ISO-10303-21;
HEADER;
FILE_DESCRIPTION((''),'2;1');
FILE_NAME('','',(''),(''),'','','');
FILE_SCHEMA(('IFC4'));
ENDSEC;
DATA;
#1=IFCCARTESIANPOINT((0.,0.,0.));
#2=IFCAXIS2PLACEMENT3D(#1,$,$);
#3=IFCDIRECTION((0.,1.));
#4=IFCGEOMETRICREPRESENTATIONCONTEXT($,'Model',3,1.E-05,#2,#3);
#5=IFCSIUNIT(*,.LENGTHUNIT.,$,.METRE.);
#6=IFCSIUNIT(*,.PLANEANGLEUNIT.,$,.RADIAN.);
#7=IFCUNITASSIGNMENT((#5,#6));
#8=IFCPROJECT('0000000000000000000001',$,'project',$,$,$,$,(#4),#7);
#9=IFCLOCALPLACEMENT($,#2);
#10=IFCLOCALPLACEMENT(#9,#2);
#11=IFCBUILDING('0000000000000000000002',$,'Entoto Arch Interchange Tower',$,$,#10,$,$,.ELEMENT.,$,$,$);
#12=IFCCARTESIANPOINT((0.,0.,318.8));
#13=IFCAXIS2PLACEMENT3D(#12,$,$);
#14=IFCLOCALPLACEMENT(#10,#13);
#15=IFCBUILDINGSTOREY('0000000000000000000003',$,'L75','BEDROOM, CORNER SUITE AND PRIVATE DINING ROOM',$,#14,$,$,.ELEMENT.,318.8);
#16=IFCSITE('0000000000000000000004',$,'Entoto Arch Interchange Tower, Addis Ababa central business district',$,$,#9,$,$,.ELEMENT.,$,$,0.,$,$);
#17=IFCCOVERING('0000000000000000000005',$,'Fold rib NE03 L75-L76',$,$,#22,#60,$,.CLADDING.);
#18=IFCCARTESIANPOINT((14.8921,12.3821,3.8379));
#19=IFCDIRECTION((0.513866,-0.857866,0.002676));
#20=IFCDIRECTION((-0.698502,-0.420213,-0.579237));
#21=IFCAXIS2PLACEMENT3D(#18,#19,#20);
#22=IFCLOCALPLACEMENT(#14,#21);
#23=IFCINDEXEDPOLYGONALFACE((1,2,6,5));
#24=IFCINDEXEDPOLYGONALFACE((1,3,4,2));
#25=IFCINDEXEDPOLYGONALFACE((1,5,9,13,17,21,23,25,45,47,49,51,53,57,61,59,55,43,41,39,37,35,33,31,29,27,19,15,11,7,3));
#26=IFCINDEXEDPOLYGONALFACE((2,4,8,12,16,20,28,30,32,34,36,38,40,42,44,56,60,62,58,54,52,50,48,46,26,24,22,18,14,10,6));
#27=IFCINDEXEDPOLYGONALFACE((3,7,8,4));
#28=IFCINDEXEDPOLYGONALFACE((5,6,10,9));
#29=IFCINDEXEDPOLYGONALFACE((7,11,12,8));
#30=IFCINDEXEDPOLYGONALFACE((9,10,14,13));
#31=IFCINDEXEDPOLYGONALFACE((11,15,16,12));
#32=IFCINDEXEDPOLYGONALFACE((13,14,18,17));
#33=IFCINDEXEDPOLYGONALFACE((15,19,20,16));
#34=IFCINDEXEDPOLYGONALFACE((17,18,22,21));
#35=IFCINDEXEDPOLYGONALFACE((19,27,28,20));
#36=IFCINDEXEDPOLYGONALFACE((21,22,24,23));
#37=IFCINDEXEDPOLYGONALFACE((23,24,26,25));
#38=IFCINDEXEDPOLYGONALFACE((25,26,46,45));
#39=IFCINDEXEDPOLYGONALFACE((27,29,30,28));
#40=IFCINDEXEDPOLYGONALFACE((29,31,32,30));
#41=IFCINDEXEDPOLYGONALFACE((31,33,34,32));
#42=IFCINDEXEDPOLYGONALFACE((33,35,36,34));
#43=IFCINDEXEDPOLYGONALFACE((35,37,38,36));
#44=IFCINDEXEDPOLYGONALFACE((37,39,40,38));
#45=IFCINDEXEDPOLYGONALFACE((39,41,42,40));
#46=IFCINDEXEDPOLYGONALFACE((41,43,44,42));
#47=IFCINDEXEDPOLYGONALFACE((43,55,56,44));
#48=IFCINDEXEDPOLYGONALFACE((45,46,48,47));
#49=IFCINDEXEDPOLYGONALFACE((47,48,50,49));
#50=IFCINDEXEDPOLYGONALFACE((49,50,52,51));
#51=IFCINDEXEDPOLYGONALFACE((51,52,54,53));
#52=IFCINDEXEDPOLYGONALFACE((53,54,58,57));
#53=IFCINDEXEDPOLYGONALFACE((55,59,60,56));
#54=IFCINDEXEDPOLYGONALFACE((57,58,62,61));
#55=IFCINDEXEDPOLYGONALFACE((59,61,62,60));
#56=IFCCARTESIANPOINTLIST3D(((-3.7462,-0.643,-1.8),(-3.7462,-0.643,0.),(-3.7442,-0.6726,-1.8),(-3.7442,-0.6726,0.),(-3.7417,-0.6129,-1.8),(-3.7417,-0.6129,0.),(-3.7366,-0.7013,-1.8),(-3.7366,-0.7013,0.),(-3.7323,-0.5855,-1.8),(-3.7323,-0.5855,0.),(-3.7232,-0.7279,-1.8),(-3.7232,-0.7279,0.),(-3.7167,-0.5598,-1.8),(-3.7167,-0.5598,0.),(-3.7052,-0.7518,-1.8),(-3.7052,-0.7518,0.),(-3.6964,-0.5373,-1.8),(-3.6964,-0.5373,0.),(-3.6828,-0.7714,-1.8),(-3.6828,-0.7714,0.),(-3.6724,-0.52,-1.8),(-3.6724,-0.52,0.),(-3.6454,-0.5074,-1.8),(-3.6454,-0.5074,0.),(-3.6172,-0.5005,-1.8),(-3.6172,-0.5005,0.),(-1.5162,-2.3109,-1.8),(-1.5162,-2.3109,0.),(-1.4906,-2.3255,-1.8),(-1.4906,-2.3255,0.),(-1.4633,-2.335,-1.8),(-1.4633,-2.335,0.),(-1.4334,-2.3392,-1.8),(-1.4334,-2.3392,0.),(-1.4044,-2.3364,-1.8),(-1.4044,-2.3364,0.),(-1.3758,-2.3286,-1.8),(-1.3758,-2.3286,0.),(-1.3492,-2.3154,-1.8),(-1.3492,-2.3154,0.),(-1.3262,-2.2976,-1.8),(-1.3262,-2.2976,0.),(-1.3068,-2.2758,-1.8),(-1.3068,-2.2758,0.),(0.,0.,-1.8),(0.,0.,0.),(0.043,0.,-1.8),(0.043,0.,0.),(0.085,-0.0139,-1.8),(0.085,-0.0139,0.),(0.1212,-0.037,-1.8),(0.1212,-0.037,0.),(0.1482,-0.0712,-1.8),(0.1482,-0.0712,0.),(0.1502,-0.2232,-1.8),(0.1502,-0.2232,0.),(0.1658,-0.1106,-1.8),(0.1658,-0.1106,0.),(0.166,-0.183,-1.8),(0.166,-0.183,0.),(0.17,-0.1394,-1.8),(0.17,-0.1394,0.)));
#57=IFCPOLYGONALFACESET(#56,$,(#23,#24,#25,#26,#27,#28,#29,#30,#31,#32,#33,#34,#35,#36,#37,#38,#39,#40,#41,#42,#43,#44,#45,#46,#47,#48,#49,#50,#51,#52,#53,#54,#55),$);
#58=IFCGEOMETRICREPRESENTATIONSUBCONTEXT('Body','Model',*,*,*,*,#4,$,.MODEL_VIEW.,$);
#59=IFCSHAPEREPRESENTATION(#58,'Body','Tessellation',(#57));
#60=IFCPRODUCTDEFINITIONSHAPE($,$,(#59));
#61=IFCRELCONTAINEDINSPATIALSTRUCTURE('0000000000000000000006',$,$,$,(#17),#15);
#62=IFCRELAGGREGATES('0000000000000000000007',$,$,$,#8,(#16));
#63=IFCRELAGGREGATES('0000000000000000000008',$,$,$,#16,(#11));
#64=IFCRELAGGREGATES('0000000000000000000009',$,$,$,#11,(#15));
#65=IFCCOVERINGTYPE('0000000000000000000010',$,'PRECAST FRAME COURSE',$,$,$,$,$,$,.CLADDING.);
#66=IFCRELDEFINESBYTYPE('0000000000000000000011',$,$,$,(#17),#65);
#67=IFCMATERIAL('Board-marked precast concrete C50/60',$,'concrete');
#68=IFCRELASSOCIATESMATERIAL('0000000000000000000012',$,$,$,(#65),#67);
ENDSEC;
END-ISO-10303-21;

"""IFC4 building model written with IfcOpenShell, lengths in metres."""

from ifc_helpers import new_model, si_unit, direction, frame, origin, place, context, subcontext, project, spatial, polyline, outline, extrude, material, type_object, element, save


model = new_model("IFC4")

# Units and contexts
model_context = context("Model", 3, precision=1e-05, world=origin(), true_north=direction((0.0, 1.0)))
body_context = subcontext(model_context, "Body", "Model", "MODEL_VIEW")
ifc_project = project(units=[si_unit("LENGTHUNIT", "METRE"), si_unit("PLANEANGLEUNIT", "RADIAN")], contexts=[model_context])

# Site, building, storey
site_placement = place(None, origin())
site = spatial("IfcSite", under=ifc_project, at=site_placement, Name="Entoto Arch Interchange Tower, Addis Ababa central business district", CompositionType="ELEMENT", RefElevation=0.0)
building_placement = place(site_placement, origin())
building = spatial("IfcBuilding", under=site, at=building_placement, Name="Entoto Arch Interchange Tower", CompositionType="ELEMENT")
storey_placement = place(building_placement, frame((0.0, 0.0, 318.8)))
storey = spatial("IfcBuildingStorey", under=building, at=storey_placement, Name="L75", Description="BEDROOM, CORNER SUITE AND PRIVATE DINING ROOM", CompositionType="ELEMENT", Elevation=318.8)

# Covering
ifc_material_1 = material(Name="Board-marked precast concrete C50/60", Category="concrete")
covering_type = type_object("IfcCoveringType", Name="PRECAST FRAME COURSE", PredefinedType="CLADDING", material=ifc_material_1)
covering_placement = place(storey_placement, frame((14.8921, 12.3821, 3.8379), z_axis=(0.513866, -0.857866, 0.002676), x_axis=(-0.698502, -0.420213, -0.579237)))
element("IfcCovering", 1, at=covering_placement, inside=storey, type_object=covering_type, Name="Fold rib NE03 L75-L76", PredefinedType="CLADDING", context=body_context, shape_type="SweptSolid", body=[
    extrude(outline(polyline([(0.0, 0.0), (0.043, 0.0), (0.085, -0.0139), (0.1212, -0.037), (0.1482, -0.0712), (0.1658, -0.1106), (0.17, -0.1394), (0.166, -0.183), (0.1502, -0.2232), (-1.3068, -2.2758), (-1.3262, -2.2976), (-1.3492, -2.3154), (-1.3758, -2.3286), (-1.4044, -2.3364), (-1.4334, -2.3392), (-1.4633, -2.335), (-1.4906, -2.3255), (-1.5162, -2.3109), (-3.6828, -0.7714), (-3.7052, -0.7518), (-3.7232, -0.7279), (-3.7366, -0.7013), (-3.7442, -0.6726), (-3.7462, -0.643), (-3.7417, -0.6129), (-3.7323, -0.5855), (-3.7167, -0.5598), (-3.6964, -0.5373), (-3.6724, -0.52), (-3.6454, -0.5074), (-3.6172, -0.5005), (0.0, 0.0)])), origin(), (0.0, 0.0, -1.0), 1.8),
])

save(model, "model.ifc")
